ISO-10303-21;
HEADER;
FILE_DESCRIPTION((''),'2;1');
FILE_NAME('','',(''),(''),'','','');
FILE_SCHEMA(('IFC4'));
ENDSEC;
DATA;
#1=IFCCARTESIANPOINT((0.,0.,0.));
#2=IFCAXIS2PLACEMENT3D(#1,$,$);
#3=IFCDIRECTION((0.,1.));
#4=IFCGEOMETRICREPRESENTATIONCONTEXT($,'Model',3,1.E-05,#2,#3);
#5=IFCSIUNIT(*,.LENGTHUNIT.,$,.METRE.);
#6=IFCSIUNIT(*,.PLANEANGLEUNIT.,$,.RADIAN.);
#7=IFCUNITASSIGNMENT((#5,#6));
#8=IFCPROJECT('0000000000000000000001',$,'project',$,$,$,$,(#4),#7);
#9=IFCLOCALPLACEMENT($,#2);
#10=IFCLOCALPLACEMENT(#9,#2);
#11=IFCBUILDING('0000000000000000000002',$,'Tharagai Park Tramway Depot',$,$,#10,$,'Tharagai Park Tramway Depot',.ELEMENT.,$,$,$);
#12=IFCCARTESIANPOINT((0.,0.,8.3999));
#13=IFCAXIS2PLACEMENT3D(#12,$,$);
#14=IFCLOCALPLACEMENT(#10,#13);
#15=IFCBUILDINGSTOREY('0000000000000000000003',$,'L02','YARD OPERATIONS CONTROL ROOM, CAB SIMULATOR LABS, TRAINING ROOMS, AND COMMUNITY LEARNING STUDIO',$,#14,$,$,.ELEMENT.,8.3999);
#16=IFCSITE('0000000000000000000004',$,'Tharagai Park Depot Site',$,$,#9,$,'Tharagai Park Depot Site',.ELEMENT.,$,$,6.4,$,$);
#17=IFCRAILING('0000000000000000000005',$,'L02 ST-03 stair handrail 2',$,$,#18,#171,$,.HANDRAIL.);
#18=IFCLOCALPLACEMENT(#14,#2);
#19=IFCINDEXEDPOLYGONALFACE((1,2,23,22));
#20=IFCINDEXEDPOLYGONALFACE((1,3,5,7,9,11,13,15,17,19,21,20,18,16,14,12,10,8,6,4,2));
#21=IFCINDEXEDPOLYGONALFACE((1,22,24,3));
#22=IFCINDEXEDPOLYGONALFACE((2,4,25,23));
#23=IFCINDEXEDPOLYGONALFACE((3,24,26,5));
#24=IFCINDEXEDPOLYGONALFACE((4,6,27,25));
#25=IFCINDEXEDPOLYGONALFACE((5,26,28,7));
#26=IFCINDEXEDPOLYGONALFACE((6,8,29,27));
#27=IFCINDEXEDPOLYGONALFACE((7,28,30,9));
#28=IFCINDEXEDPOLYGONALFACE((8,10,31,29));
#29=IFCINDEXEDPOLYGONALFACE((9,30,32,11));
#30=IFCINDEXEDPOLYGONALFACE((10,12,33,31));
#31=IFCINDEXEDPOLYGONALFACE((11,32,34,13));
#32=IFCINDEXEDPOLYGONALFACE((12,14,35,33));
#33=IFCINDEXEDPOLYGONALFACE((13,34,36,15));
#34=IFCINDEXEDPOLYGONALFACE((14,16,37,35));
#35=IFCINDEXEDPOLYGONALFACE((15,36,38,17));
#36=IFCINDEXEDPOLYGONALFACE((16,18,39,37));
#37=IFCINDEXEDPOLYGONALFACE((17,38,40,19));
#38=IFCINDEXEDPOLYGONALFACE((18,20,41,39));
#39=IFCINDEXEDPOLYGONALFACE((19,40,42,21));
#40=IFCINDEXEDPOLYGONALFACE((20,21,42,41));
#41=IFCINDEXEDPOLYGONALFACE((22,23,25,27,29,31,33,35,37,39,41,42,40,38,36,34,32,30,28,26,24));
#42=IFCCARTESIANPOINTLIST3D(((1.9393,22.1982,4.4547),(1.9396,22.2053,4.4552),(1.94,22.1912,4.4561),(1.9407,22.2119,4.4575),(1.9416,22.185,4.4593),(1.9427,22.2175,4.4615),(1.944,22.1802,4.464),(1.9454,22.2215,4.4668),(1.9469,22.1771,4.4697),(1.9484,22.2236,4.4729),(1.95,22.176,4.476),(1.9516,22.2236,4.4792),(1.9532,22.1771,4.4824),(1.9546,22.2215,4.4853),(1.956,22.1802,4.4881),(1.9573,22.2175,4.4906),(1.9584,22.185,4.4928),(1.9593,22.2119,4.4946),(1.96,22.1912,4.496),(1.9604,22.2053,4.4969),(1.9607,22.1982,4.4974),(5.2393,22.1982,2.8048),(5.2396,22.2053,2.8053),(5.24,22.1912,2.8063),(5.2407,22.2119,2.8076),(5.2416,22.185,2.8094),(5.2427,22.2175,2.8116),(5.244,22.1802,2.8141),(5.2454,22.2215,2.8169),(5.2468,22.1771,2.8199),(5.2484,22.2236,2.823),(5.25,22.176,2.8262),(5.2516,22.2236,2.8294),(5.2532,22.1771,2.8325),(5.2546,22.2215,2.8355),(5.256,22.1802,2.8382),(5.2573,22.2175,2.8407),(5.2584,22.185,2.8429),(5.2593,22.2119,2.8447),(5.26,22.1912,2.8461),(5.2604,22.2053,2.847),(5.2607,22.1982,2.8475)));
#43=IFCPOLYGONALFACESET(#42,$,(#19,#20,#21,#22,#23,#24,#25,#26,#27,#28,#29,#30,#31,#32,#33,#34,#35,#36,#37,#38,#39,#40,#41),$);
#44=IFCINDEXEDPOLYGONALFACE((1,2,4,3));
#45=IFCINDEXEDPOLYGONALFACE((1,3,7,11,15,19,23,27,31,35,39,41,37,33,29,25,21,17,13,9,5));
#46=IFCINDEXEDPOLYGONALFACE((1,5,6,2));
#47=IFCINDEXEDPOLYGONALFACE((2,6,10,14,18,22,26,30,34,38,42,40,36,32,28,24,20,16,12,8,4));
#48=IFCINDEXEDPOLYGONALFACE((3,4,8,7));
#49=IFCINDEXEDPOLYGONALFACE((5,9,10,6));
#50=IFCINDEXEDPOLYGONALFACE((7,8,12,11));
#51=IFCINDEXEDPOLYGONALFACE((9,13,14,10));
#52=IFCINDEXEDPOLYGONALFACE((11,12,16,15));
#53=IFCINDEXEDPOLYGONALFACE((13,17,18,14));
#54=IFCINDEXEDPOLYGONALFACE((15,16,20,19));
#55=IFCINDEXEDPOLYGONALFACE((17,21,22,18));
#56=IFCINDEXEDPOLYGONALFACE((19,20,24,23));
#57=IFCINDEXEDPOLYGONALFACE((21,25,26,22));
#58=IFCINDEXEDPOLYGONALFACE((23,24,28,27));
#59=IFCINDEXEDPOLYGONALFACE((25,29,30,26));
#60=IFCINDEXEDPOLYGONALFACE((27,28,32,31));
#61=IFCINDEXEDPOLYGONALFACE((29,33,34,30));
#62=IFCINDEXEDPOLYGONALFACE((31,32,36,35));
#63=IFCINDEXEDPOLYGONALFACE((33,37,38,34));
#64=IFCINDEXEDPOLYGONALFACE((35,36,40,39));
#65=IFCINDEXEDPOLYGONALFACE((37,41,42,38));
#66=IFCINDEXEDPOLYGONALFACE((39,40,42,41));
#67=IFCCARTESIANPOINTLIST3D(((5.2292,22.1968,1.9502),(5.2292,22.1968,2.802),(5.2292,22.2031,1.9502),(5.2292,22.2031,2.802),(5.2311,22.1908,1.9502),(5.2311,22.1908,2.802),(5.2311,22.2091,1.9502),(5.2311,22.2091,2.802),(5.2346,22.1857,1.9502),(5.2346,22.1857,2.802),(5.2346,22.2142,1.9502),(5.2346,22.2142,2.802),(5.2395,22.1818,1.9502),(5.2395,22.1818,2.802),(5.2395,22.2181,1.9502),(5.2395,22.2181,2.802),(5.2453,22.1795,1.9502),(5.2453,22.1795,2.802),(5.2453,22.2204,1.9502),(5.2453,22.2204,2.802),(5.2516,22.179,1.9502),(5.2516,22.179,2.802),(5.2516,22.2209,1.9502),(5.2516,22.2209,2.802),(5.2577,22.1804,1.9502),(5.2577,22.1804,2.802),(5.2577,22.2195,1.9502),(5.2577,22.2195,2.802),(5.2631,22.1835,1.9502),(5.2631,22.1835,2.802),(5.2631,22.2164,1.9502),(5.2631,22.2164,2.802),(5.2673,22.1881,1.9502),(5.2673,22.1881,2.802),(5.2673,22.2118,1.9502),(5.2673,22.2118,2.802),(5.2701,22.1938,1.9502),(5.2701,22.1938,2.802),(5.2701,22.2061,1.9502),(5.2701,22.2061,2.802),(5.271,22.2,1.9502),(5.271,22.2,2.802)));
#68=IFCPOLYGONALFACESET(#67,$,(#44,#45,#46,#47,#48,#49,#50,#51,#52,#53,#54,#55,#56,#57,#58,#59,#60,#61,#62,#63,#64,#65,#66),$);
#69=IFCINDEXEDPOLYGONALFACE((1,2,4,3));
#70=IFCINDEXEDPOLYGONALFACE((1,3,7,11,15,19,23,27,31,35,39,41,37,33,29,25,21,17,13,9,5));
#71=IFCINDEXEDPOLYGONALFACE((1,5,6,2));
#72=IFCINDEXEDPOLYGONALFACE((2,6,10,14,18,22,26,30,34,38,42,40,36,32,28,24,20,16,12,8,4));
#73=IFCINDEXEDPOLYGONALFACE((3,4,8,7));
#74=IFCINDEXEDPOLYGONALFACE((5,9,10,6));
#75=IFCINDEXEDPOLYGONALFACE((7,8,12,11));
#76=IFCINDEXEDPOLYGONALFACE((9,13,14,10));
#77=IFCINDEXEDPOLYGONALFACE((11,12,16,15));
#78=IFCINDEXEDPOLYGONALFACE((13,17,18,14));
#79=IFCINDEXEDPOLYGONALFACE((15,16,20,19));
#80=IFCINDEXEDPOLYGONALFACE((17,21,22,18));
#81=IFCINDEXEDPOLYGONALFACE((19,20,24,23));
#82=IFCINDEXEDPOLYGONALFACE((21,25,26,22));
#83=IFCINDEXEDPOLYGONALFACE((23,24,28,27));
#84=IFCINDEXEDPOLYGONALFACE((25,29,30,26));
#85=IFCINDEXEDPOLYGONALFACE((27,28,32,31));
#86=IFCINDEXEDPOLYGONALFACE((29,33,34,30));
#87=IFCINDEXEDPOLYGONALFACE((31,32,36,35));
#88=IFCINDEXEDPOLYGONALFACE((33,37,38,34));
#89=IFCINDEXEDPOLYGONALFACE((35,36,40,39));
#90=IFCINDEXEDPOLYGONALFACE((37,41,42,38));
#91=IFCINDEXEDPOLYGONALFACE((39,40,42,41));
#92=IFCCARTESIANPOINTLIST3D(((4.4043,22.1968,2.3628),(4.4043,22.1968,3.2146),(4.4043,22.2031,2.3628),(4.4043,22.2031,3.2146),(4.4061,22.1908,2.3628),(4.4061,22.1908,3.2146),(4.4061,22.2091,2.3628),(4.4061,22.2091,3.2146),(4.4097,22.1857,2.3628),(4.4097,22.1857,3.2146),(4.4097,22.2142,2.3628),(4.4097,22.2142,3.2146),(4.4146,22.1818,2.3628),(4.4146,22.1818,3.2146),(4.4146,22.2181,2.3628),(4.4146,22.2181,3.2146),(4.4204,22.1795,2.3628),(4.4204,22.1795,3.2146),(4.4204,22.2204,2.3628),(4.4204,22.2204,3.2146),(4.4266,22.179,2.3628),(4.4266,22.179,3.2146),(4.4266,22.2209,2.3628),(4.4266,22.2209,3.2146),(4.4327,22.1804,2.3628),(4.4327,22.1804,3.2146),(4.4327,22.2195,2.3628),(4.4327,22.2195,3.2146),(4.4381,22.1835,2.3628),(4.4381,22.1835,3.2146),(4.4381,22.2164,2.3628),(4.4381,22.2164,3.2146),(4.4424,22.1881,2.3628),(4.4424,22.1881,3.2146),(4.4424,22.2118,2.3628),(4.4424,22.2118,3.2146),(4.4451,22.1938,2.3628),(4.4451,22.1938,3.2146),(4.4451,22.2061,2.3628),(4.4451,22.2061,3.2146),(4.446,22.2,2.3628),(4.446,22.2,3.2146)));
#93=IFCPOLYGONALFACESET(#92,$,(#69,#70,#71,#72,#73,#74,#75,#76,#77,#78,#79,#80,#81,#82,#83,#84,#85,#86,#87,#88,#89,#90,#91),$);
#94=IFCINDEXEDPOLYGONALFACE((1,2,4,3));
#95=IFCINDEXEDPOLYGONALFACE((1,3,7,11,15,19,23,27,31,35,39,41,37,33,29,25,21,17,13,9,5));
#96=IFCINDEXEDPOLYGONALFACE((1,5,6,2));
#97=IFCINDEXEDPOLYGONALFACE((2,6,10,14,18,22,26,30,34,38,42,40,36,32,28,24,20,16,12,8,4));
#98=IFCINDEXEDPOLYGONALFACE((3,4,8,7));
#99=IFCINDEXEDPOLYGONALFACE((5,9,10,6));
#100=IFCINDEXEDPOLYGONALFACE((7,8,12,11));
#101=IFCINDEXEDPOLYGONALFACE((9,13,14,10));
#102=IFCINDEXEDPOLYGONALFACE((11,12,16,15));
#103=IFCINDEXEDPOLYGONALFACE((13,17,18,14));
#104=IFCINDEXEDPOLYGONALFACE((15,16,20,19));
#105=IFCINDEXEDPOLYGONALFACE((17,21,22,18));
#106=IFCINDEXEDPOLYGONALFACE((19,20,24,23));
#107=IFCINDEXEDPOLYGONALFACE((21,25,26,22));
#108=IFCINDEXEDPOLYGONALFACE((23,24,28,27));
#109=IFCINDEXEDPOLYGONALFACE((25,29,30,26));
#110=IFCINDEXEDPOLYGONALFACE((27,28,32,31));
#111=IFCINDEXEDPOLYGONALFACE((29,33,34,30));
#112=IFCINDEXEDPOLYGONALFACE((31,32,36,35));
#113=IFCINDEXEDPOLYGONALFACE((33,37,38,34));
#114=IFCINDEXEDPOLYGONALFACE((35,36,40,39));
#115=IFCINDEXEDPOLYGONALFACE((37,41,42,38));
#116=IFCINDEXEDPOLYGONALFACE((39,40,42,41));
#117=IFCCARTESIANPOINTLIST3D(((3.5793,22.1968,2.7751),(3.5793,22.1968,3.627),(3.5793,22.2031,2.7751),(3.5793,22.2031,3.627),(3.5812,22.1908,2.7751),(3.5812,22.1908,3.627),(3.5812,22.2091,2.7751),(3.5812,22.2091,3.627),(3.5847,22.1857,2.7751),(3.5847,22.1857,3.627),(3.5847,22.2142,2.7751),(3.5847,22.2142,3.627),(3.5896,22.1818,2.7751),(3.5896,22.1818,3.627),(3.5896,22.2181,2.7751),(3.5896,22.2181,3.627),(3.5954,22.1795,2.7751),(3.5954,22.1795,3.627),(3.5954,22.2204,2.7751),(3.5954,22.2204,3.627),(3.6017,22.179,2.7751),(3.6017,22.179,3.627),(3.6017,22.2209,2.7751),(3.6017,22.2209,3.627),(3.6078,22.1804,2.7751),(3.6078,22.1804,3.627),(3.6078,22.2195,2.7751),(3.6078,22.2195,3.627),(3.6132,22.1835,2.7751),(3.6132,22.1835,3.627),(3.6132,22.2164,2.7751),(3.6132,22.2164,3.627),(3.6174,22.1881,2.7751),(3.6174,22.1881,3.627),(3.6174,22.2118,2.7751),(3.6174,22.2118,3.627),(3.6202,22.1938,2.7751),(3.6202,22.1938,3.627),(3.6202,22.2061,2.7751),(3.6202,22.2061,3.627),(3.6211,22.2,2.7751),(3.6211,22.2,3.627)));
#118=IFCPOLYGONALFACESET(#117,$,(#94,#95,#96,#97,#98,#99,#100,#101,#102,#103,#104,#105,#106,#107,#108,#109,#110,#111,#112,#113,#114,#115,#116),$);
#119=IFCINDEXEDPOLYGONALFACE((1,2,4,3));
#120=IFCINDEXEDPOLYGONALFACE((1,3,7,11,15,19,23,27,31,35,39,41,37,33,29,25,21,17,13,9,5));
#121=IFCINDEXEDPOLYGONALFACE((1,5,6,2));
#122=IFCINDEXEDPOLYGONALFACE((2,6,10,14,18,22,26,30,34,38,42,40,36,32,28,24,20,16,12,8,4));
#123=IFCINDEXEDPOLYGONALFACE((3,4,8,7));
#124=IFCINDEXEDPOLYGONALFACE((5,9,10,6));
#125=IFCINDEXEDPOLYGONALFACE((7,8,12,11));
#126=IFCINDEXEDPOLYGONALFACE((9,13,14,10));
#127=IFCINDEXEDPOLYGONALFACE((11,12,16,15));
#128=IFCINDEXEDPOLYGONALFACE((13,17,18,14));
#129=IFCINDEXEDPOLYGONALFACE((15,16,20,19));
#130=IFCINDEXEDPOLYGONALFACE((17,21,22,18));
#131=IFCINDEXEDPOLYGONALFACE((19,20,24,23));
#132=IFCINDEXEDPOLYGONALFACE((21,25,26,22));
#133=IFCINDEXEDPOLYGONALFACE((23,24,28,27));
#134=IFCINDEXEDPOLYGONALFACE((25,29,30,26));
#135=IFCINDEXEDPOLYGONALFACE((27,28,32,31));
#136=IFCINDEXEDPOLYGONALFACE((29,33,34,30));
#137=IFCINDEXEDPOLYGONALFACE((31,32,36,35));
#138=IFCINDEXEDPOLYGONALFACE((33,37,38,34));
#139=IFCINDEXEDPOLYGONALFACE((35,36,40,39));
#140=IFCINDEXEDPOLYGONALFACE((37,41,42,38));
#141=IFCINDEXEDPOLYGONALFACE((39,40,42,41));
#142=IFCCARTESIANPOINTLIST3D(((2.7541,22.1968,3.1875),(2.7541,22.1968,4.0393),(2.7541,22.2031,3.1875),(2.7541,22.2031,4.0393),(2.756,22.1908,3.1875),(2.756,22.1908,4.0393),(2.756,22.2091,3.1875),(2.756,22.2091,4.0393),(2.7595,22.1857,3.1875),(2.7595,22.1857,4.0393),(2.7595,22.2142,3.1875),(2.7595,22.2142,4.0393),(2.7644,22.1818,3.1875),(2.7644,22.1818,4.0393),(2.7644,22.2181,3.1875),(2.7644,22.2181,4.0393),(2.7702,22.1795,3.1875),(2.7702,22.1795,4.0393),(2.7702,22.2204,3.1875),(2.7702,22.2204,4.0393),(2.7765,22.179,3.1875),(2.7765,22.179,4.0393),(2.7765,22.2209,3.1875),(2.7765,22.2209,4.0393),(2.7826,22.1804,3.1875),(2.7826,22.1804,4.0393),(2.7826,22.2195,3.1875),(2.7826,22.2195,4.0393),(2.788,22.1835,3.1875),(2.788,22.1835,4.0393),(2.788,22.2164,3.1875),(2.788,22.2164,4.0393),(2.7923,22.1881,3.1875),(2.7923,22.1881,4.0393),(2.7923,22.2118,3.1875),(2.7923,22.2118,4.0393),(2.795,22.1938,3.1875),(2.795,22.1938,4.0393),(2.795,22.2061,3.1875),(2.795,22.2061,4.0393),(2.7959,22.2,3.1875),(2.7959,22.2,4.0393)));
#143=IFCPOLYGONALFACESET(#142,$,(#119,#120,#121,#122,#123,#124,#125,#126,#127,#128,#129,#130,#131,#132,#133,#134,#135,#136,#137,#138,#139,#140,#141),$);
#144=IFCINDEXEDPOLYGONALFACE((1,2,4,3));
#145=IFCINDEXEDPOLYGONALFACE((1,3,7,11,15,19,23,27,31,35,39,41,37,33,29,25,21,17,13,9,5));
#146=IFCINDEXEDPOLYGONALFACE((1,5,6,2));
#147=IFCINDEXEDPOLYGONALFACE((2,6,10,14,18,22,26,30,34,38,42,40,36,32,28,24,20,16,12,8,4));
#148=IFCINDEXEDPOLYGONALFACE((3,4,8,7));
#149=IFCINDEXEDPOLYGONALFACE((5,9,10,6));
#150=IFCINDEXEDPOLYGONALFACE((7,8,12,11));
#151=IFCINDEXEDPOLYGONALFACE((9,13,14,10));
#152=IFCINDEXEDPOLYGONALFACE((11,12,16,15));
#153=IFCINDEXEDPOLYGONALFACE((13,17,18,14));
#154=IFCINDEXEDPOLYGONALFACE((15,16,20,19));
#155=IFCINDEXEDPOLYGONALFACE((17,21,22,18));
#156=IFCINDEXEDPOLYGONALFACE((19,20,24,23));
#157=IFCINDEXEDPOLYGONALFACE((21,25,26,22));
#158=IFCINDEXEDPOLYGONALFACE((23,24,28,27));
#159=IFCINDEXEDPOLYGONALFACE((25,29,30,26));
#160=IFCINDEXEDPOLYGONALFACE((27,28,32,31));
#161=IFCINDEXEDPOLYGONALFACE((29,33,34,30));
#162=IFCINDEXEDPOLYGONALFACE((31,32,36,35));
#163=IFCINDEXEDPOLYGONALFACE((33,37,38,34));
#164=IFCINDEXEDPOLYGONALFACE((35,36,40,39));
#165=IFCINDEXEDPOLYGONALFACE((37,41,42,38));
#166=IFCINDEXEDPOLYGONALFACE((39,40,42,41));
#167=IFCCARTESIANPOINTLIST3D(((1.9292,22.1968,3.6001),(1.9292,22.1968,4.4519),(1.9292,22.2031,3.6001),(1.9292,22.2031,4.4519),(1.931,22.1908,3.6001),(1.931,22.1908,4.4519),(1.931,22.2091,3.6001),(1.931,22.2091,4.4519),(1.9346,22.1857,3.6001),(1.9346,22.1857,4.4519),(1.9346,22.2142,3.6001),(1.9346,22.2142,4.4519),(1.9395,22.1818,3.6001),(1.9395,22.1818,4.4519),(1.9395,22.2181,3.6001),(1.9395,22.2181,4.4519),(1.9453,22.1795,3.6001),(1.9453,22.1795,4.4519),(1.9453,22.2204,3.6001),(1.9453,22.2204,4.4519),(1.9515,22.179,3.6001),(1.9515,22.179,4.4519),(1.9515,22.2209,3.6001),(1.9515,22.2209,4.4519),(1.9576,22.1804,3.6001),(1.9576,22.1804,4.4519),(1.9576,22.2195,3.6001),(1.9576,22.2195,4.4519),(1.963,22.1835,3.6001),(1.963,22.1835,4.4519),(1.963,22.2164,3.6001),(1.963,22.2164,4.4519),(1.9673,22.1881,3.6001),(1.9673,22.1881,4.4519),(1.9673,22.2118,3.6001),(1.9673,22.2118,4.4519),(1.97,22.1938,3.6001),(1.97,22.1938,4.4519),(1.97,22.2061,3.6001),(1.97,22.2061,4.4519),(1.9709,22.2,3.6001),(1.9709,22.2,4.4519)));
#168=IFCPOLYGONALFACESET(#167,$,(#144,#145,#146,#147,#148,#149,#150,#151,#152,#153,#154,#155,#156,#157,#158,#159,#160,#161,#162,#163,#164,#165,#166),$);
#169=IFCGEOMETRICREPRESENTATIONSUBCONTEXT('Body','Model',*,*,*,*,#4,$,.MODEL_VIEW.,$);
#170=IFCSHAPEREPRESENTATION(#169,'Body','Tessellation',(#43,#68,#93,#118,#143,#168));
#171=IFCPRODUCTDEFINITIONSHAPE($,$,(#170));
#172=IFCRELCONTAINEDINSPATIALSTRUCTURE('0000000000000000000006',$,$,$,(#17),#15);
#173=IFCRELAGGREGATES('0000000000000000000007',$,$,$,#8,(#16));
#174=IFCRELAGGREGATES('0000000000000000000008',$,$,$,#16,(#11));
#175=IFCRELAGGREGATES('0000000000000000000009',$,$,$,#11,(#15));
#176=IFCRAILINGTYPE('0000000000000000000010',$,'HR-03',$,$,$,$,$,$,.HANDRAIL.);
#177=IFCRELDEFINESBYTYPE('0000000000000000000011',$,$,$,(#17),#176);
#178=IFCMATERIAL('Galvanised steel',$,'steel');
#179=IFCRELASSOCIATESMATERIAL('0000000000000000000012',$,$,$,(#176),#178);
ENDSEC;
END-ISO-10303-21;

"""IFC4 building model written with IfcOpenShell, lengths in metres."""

from ifc_helpers import new_model, si_unit, direction, frame, origin, origin_2d, place, context, subcontext, project, spatial, circle, extrude, material, type_object, element, save


model = new_model("IFC4")

# Units and contexts
model_context = context("Model", 3, precision=1e-05, world=origin(), true_north=direction((0.0, 1.0)))
body_context = subcontext(model_context, "Body", "Model", "MODEL_VIEW")
ifc_project = project(units=[si_unit("LENGTHUNIT", "METRE"), si_unit("PLANEANGLEUNIT", "RADIAN")], contexts=[model_context])

# Site, building, storey
site_placement = place(None, origin())
site = spatial("IfcSite", under=ifc_project, at=site_placement, Name="Tharagai Park Depot Site", LongName="Tharagai Park Depot Site", CompositionType="ELEMENT", RefElevation=6.4)
building_placement = place(site_placement, origin())
building = spatial("IfcBuilding", under=site, at=building_placement, Name="Tharagai Park Tramway Depot", LongName="Tharagai Park Tramway Depot", CompositionType="ELEMENT")
storey_placement = place(building_placement, frame((0.0, 0.0, 8.3999)))
storey = spatial("IfcBuildingStorey", under=building, at=storey_placement, Name="L02", Description="YARD OPERATIONS CONTROL ROOM, CAB SIMULATOR LABS, TRAINING ROOMS, AND COMMUNITY LEARNING STUDIO", CompositionType="ELEMENT", Elevation=8.3999)

# Railing
ifc_material_1 = material(Name="Galvanised steel", Category="steel")
railing_type = type_object("IfcRailingType", Name="HR-03", PredefinedType="HANDRAIL", material=ifc_material_1)
railing_placement = place(storey_placement, frame((5.25, 22.2, 1.9502)))
element("IfcRailing", 1, at=railing_placement, inside=storey, type_object=railing_type, Name="L02 ST-03 stair handrail 2", PredefinedType="HANDRAIL", context=body_context, shape_type="SweptSolid", body=[
    extrude(circle(Radius=0.0239, at=origin_2d()), frame((0.0, 0.0, 0.876), z_axis=(-0.89444, 0.0, 0.447187), x_axis=(0.0, -1.0, 0.0)), (0.0, 0.0, 1.0), 3.6895),
    extrude(circle(Radius=0.021, at=origin_2d()), origin(), (0.0, 0.0, 1.0), 0.8518),
    extrude(circle(Radius=0.021, at=origin_2d()), frame((-0.825, 0.0, 0.4126)), (0.0, 0.0, 1.0), 0.8518),
    extrude(circle(Radius=0.021, at=origin_2d()), frame((-1.6499, 0.0, 0.825)), (0.0, 0.0, 1.0), 0.8518),
    extrude(circle(Radius=0.021, at=origin_2d()), frame((-2.4751, 0.0, 1.2373)), (0.0, 0.0, 1.0), 0.8518),
    extrude(circle(Radius=0.021, at=origin_2d()), frame((-3.3, 0.0, 1.6499)), (0.0, 0.0, 1.0), 0.8518),
])

save(model, "model.ifc")
